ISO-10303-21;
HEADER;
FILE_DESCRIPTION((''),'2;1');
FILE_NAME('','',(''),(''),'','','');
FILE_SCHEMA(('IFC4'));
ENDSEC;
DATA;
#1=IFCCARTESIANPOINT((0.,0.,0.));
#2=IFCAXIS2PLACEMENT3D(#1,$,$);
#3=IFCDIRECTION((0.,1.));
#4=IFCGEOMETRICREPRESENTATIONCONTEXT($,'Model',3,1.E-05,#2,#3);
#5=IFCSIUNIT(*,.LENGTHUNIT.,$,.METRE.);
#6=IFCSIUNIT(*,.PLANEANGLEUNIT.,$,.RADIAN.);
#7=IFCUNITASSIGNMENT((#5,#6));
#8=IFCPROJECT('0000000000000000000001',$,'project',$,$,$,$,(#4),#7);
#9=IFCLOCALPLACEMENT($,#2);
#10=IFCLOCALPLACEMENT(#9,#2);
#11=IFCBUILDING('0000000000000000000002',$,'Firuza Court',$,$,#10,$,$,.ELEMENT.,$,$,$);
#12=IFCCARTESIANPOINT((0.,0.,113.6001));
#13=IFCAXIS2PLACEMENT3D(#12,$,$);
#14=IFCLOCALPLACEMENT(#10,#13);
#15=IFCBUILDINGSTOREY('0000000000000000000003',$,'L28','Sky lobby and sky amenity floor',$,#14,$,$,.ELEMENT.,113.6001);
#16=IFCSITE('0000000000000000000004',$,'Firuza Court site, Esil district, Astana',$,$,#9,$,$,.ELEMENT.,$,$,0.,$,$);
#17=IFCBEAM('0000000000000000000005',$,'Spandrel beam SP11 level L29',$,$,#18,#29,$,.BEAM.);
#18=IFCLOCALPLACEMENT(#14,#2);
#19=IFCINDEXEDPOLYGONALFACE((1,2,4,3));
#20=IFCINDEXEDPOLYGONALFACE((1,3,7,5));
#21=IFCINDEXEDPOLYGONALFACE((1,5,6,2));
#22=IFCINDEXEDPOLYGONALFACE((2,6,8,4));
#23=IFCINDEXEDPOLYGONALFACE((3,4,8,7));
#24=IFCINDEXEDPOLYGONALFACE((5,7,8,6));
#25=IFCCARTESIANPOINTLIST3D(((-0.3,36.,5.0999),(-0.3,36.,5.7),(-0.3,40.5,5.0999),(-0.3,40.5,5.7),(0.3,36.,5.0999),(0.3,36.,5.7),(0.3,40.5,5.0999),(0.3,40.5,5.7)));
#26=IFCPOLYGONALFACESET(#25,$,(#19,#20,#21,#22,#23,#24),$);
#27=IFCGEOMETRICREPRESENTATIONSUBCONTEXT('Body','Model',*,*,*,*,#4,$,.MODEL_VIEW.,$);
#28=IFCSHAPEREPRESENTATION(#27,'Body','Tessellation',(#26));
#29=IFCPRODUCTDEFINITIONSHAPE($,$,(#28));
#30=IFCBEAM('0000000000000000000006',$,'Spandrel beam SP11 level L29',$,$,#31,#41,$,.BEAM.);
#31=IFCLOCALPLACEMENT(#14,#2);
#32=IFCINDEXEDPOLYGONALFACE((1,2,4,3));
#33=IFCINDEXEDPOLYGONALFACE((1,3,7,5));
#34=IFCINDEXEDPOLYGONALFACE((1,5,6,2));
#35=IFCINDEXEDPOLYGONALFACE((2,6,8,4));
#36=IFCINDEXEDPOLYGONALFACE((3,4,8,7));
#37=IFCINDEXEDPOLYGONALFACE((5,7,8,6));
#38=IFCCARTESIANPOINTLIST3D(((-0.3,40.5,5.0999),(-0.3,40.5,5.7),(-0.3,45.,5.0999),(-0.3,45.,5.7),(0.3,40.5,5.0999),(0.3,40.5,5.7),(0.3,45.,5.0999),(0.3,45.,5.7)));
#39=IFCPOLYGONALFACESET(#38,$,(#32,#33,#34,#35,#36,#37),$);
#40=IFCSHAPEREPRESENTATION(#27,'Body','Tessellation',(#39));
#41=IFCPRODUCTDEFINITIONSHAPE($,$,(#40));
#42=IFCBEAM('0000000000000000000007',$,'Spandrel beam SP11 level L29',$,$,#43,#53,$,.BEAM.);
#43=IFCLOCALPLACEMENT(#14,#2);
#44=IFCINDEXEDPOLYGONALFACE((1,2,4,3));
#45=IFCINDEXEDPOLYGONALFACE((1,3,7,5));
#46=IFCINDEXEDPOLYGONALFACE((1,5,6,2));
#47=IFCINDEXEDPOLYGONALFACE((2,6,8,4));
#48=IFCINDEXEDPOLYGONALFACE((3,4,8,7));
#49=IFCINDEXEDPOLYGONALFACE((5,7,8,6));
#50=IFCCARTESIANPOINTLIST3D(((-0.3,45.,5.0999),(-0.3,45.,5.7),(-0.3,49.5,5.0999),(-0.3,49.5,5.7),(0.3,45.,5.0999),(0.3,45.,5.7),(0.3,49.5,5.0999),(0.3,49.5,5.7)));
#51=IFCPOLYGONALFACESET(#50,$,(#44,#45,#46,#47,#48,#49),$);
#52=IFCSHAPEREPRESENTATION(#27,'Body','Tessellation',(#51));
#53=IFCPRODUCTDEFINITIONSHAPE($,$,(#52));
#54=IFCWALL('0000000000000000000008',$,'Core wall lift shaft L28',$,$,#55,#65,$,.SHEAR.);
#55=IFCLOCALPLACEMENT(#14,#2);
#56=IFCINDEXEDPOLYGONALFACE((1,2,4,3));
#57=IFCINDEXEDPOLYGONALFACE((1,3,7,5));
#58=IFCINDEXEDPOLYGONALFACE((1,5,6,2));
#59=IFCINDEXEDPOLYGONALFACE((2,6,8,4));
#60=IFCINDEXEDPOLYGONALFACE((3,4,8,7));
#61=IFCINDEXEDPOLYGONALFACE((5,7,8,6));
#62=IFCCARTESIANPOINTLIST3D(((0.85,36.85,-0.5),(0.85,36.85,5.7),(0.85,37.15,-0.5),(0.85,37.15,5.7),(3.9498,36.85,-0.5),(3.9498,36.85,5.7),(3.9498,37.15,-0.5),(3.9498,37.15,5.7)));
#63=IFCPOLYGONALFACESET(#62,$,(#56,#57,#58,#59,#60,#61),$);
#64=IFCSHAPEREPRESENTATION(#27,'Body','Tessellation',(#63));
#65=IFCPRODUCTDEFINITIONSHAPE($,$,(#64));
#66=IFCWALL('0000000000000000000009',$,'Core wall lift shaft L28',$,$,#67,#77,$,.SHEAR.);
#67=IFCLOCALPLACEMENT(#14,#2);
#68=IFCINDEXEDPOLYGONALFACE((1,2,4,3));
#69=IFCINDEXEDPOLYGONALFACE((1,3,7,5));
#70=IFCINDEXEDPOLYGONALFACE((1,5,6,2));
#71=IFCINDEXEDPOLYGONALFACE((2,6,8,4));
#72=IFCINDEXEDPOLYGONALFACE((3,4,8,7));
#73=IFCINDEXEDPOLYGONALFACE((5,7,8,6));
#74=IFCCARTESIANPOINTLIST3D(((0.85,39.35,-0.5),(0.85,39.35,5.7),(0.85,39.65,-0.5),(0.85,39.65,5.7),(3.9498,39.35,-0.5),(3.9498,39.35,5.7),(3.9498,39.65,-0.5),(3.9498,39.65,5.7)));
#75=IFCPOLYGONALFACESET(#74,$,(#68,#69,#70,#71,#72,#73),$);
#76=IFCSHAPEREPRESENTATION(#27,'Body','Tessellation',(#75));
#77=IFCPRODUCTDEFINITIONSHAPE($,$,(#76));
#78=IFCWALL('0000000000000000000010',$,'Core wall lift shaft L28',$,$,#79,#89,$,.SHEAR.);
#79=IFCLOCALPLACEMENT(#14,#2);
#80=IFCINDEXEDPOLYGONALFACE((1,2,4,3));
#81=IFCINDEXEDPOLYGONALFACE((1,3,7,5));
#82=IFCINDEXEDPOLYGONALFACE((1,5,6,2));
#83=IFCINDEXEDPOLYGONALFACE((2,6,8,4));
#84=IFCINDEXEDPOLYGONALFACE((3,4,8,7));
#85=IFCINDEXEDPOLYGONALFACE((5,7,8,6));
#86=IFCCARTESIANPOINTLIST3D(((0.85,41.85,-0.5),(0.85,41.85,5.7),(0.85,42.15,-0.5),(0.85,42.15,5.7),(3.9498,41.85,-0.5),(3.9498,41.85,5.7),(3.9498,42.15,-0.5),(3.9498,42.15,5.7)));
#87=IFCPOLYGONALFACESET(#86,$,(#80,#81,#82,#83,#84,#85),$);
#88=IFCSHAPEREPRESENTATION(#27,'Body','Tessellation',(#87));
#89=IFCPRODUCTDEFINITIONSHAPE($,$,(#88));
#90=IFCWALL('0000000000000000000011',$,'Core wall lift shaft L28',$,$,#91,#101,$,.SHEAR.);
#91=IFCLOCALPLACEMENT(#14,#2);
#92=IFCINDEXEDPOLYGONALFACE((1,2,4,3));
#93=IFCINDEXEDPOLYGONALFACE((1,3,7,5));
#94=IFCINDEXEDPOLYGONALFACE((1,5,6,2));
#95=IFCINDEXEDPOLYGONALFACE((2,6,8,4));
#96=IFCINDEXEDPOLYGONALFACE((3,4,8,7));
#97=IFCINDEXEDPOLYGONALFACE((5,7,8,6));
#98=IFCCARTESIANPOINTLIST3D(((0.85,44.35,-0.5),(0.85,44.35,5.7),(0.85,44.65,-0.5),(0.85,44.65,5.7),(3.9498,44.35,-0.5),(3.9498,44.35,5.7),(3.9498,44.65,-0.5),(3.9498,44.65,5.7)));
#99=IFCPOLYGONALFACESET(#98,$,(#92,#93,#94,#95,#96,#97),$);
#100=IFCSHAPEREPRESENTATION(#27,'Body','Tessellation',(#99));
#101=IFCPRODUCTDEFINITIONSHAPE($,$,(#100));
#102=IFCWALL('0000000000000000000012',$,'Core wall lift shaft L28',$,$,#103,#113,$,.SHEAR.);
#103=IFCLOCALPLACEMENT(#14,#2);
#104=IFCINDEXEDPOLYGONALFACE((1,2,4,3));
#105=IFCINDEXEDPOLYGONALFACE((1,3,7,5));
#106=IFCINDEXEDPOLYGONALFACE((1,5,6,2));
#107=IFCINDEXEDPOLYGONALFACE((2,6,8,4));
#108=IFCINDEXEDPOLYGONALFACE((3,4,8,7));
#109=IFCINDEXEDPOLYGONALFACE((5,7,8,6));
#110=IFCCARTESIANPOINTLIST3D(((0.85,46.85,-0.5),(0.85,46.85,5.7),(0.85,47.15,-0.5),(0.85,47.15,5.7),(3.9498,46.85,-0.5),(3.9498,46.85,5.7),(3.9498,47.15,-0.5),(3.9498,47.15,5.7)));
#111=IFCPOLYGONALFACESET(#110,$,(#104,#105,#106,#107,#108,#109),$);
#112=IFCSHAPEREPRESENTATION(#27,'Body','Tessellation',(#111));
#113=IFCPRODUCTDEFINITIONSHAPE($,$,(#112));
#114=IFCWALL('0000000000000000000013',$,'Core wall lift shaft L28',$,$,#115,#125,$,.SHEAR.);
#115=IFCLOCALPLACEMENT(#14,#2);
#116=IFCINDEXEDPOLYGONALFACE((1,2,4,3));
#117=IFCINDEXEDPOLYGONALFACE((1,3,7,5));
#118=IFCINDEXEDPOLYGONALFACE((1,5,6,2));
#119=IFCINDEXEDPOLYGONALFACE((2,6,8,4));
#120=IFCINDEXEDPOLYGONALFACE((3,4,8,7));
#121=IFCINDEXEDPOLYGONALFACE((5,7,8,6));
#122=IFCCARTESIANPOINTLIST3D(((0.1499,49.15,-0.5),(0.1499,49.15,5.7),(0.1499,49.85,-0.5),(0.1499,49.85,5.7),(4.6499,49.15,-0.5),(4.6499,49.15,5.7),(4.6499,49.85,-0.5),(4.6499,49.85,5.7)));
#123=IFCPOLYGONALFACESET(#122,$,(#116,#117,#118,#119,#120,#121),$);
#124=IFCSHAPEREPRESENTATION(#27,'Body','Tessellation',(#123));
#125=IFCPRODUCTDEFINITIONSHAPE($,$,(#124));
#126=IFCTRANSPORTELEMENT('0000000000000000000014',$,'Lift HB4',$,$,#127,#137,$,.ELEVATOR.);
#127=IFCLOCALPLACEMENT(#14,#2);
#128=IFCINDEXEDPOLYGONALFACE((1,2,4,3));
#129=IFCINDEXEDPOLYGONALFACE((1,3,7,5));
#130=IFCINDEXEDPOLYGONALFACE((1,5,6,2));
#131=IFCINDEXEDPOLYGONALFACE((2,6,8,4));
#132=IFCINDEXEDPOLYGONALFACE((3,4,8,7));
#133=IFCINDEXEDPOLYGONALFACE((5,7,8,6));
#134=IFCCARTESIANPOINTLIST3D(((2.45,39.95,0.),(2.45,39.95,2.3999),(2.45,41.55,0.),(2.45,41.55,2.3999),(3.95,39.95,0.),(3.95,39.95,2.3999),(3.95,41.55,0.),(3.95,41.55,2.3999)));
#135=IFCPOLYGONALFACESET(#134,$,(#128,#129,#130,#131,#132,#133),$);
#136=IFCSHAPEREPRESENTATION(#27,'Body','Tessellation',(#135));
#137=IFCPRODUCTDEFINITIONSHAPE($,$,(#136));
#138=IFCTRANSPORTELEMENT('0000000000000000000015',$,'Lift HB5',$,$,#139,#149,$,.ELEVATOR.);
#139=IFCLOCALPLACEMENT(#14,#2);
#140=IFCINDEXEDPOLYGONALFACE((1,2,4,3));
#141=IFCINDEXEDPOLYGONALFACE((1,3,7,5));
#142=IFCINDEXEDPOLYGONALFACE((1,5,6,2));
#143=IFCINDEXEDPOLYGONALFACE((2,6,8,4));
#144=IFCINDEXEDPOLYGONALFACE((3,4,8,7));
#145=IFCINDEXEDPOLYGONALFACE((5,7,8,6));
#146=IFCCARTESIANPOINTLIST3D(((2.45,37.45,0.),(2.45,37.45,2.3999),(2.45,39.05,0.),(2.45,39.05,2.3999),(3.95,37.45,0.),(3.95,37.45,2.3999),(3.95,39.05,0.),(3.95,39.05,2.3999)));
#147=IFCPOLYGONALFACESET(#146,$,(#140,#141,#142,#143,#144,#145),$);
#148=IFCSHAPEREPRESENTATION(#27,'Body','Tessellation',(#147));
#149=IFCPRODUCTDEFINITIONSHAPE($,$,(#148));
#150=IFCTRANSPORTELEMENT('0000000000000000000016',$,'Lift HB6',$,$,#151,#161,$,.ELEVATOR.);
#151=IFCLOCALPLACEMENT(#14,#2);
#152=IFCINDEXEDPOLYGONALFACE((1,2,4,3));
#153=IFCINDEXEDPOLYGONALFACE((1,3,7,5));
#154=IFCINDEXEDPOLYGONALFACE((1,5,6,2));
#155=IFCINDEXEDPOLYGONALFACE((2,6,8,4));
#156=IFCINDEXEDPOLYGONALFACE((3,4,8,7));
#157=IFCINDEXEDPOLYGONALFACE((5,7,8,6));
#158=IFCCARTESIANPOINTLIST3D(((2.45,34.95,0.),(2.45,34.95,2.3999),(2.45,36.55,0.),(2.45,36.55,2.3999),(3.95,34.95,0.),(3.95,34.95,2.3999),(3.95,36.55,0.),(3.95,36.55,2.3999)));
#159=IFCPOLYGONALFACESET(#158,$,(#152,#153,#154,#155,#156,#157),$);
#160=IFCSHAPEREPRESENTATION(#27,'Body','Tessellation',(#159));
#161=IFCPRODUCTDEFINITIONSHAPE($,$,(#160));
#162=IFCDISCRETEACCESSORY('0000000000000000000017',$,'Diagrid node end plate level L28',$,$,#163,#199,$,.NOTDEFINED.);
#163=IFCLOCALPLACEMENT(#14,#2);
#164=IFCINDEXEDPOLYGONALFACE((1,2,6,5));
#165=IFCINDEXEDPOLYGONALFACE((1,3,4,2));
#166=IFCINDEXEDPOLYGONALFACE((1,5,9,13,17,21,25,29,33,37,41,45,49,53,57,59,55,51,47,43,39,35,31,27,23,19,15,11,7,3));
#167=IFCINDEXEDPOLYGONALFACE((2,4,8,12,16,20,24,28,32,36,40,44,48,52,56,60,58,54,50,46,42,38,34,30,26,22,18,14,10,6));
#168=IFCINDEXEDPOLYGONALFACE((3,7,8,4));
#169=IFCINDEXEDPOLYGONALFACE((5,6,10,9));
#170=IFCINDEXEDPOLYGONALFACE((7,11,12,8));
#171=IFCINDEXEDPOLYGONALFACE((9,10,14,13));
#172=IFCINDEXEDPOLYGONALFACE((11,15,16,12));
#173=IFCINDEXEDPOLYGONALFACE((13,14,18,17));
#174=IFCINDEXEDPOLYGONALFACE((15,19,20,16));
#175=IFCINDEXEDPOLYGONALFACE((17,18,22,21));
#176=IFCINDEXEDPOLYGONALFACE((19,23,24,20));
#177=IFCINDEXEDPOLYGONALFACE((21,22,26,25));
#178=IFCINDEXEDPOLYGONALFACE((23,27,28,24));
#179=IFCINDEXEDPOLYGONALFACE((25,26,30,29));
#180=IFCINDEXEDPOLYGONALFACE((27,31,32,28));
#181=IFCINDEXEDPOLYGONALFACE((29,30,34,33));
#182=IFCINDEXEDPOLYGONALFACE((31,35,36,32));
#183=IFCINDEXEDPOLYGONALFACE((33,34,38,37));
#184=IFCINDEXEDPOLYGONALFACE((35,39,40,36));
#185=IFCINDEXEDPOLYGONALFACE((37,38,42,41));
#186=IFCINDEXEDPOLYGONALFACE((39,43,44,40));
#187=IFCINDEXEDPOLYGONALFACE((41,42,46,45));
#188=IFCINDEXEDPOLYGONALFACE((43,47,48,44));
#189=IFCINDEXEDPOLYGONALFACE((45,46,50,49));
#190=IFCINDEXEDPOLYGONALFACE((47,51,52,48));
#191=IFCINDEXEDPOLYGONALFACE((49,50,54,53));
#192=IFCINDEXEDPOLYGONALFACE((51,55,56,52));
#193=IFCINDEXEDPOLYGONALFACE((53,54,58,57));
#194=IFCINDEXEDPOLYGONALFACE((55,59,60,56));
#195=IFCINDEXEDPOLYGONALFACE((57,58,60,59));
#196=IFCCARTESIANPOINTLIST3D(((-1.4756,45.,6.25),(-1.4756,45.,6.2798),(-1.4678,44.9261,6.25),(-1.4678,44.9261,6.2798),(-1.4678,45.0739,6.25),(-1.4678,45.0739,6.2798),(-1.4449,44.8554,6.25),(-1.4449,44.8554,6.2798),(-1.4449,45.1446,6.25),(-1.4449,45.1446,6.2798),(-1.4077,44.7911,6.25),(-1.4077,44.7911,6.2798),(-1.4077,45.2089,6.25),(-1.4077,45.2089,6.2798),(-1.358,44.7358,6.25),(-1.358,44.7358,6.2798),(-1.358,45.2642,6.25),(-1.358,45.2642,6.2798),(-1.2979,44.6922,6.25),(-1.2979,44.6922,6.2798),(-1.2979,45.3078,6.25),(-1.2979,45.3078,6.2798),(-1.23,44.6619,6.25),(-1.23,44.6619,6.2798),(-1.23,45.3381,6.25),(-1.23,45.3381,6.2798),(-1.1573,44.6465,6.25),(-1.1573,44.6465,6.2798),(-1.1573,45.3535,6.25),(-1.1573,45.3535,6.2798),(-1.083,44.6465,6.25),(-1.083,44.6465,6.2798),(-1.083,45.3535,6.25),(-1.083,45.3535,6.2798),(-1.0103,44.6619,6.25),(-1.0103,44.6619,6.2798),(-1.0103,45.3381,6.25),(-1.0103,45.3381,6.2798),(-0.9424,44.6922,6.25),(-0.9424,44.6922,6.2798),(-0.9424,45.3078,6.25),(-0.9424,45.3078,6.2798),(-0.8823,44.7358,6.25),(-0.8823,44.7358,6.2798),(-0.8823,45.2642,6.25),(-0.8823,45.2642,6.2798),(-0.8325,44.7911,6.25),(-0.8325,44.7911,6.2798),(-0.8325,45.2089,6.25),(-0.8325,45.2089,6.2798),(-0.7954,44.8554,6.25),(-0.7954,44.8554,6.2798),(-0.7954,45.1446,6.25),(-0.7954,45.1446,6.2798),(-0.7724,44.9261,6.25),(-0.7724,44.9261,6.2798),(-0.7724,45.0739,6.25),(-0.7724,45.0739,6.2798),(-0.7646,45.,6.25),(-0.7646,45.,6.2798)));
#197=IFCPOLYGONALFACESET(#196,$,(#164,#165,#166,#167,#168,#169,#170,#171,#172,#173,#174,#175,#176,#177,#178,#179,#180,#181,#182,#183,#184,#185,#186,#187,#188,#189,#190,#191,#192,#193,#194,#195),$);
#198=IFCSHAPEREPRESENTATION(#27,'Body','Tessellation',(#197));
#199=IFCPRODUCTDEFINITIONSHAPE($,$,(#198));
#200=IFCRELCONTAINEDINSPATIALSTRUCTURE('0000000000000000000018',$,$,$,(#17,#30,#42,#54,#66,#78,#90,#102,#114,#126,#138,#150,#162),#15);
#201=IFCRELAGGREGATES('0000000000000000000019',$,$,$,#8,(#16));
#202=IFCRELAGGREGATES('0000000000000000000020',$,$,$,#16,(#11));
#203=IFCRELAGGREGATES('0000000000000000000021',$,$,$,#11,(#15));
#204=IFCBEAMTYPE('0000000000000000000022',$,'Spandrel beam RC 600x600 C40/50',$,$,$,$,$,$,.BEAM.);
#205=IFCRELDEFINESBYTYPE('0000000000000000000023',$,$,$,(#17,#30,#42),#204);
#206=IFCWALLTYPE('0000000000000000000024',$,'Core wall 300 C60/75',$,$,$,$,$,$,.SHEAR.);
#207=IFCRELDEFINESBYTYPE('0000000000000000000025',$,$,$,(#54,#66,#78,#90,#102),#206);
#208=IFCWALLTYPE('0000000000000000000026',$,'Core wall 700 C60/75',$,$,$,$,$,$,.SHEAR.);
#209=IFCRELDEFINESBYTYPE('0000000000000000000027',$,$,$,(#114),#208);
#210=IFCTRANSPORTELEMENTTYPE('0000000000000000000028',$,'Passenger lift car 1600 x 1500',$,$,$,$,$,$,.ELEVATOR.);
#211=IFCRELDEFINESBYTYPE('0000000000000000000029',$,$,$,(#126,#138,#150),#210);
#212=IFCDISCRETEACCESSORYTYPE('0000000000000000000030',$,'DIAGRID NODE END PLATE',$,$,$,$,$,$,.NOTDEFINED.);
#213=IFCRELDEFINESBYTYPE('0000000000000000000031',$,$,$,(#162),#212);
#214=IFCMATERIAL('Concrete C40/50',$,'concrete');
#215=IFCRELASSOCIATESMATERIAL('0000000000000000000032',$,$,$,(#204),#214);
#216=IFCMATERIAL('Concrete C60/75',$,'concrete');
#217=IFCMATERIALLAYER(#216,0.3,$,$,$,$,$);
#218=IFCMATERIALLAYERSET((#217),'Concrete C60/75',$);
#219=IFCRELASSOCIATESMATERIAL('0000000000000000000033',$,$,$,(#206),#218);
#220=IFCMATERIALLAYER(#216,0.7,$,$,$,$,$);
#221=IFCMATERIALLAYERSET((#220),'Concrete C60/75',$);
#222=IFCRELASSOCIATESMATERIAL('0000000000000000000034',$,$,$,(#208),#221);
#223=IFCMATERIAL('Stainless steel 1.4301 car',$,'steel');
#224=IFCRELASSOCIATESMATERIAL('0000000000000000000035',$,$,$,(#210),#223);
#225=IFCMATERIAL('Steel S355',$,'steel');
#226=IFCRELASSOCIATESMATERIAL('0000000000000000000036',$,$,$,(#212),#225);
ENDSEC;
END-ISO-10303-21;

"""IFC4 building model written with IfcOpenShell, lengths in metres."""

from ifc_helpers import new_model, si_unit, direction, frame, frame_2d, origin, origin_2d, place, context, subcontext, project, spatial, rectangle, circle, extrude, material, layer, layer_set, material_profile, profile_set, type_object, element, save


model = new_model("IFC4")

# Units and contexts
model_context = context("Model", 3, precision=1e-05, world=origin(), true_north=direction((0.0, 1.0)))
body_context = subcontext(model_context, "Body", "Model", "MODEL_VIEW")
ifc_project = project(units=[si_unit("LENGTHUNIT", "METRE"), si_unit("PLANEANGLEUNIT", "RADIAN")], contexts=[model_context])

# Site, building, storey
site_placement = place(None, origin())
site = spatial("IfcSite", under=ifc_project, at=site_placement, Name="Firuza Court site, Esil district, Astana", CompositionType="ELEMENT", RefElevation=0.0)
building_placement = place(site_placement, origin())
building = spatial("IfcBuilding", under=site, at=building_placement, Name="Firuza Court", CompositionType="ELEMENT")
storey_placement = place(building_placement, frame((0.0, 0.0, 113.6001)))
storey = spatial("IfcBuildingStorey", under=building, at=storey_placement, Name="L28", Description="Sky lobby and sky amenity floor", CompositionType="ELEMENT", Elevation=113.6001)

# Beams
ifc_material_1 = material(Name="Concrete C40/50", Category="concrete")
ifc_material_profile_1 = material_profile(ifc_material_1, rectangle(XDim=0.6001, YDim=0.6001, at=origin_2d()), Name="RC 600x600")
ifc_profile_set_1 = profile_set([ifc_material_profile_1], Name="Concrete C40/50")
beam_type = type_object("IfcBeamType", Name="Spandrel beam RC 600x600 C40/50", PredefinedType="BEAM", material=ifc_profile_set_1)
for number, where, z_axis, x_axis, name in (
    (1, (0.0, 40.5, 5.3999), (0.0, -1.0, 0.0), (1.0, 0.0, 0.0), "Spandrel beam SP11 level L29"),
    (2, (0.0, 45.0, 5.3999), (0.0, -1.0, 0.0), (1.0, 0.0, 0.0), "Spandrel beam SP11 level L29"),
    (3, (0.0, 49.5, 5.3999), (0.0, -1.0, 0.0), (1.0, 0.0, 0.0), "Spandrel beam SP11 level L29"),
):
    element("IfcBeam", number, at=place(storey_placement, frame(where, z_axis=z_axis, x_axis=x_axis)), inside=storey, type_object=beam_type, Name=name, PredefinedType="BEAM", context=body_context, shape_type="SweptSolid", body=[
        extrude(rectangle(XDim=0.6001, YDim=0.6001, at=origin_2d()), origin(), (0.0, 0.0, 1.0), 4.5),
    ])

# Walls
ifc_material_2 = material(Name="Concrete C60/75", Category="concrete")
ifc_layer_1 = layer(ifc_material_2, 0.3)
ifc_layer_set_1 = layer_set([ifc_layer_1], Name="Concrete C60/75")
wall_type_1 = type_object("IfcWallType", Name="Core wall 300 C60/75", PredefinedType="SHEAR", material=ifc_layer_set_1)
for number, where, z_axis, x_axis, name in (
    (4, (0.8501, 37.0, -0.5), (0.0, 0.0, 1.0), (1.0, 0.0, 0.0), "Core wall lift shaft L28"),
    (5, (0.8501, 39.5, -0.5), (0.0, 0.0, 1.0), (1.0, 0.0, 0.0), "Core wall lift shaft L28"),
    (6, (0.8501, 42.0, -0.5), (0.0, 0.0, 1.0), (1.0, 0.0, 0.0), "Core wall lift shaft L28"),
    (7, (0.8501, 44.5, -0.5), (0.0, 0.0, 1.0), (1.0, 0.0, 0.0), "Core wall lift shaft L28"),
    (8, (0.8501, 47.0, -0.5), (0.0, 0.0, 1.0), (1.0, 0.0, 0.0), "Core wall lift shaft L28"),
):
    element("IfcWall", number, at=place(storey_placement, frame(where, z_axis=z_axis, x_axis=x_axis)), inside=storey, type_object=wall_type_1, Name=name, PredefinedType="SHEAR", context=body_context, shape_type="SweptSolid", body=[
        extrude(rectangle(XDim=3.0999, YDim=0.3, at=frame_2d((1.5498, 0.0))), origin(), (0.0, 0.0, 1.0), 6.2),
    ])
ifc_layer_2 = layer(ifc_material_2, 0.7)
ifc_layer_set_2 = layer_set([ifc_layer_2], Name="Concrete C60/75")
wall_type_2 = type_object("IfcWallType", Name="Core wall 700 C60/75", PredefinedType="SHEAR", material=ifc_layer_set_2)
wall_placement = place(storey_placement, frame((0.1499, 49.5, -0.5), z_axis=(0.0, 0.0, 1.0), x_axis=(1.0, 0.0, 0.0)))
element("IfcWall", 9, at=wall_placement, inside=storey, type_object=wall_type_2, Name="Core wall lift shaft L28", PredefinedType="SHEAR", context=body_context, shape_type="SweptSolid", body=[
    extrude(rectangle(XDim=4.5, YDim=0.7, at=frame_2d((2.25, 0.0))), origin(), (0.0, 0.0, 1.0), 6.2),
])

# Transport elements
ifc_material_3 = material(Name="Stainless steel 1.4301 car", Category="steel")
transport_element_type = type_object("IfcTransportElementType", Name="Passenger lift car 1600 x 1500", PredefinedType="ELEVATOR", material=ifc_material_3)
for number, where, z_axis, x_axis, name in (
    (10, (3.2, 40.75, 0.0), (0.0, 0.0, 1.0), (1.0, 0.0, 0.0), "Lift HB4"),
    (11, (3.2, 38.25, 0.0), (0.0, 0.0, 1.0), (1.0, 0.0, 0.0), "Lift HB5"),
    (12, (3.2, 35.75, 0.0), (0.0, 0.0, 1.0), (1.0, 0.0, 0.0), "Lift HB6"),
):
    element("IfcTransportElement", number, at=place(storey_placement, frame(where, z_axis=z_axis, x_axis=x_axis)), inside=storey, type_object=transport_element_type, Name=name, PredefinedType="ELEVATOR", context=body_context, shape_type="SweptSolid", body=[
        extrude(rectangle(XDim=1.5, YDim=1.6001, at=origin_2d()), origin(), (0.0, 0.0, 1.0), 2.3999),
    ])

# Discrete accessory
ifc_material_4 = material(Name="Steel S355", Category="steel")
ifc_material_profile_2 = material_profile(ifc_material_4, circle(Radius=0.3555, at=origin_2d()), Name="PL D711")
ifc_profile_set_2 = profile_set([ifc_material_profile_2], Name="Steel S355")
discrete_accessory_type = type_object("IfcDiscreteAccessoryType", Name="DIAGRID NODE END PLATE", PredefinedType="NOTDEFINED", material=ifc_profile_set_2)
discrete_accessory_1_placement = place(storey_placement, frame((-1.1201, 45.0, 6.25), z_axis=(0.0, 0.0, 1.0), x_axis=(1.0, 0.0, 0.0)))
element("IfcDiscreteAccessory", 13, at=discrete_accessory_1_placement, inside=storey, type_object=discrete_accessory_type, Name="Diagrid node end plate level L28", PredefinedType="NOTDEFINED", context=body_context, shape_type="SweptSolid", body=[
    extrude(circle(Radius=0.3555, at=origin_2d()), origin(), (0.0, 0.0, 1.0), 0.0298),
])

save(model, "model.ifc")
